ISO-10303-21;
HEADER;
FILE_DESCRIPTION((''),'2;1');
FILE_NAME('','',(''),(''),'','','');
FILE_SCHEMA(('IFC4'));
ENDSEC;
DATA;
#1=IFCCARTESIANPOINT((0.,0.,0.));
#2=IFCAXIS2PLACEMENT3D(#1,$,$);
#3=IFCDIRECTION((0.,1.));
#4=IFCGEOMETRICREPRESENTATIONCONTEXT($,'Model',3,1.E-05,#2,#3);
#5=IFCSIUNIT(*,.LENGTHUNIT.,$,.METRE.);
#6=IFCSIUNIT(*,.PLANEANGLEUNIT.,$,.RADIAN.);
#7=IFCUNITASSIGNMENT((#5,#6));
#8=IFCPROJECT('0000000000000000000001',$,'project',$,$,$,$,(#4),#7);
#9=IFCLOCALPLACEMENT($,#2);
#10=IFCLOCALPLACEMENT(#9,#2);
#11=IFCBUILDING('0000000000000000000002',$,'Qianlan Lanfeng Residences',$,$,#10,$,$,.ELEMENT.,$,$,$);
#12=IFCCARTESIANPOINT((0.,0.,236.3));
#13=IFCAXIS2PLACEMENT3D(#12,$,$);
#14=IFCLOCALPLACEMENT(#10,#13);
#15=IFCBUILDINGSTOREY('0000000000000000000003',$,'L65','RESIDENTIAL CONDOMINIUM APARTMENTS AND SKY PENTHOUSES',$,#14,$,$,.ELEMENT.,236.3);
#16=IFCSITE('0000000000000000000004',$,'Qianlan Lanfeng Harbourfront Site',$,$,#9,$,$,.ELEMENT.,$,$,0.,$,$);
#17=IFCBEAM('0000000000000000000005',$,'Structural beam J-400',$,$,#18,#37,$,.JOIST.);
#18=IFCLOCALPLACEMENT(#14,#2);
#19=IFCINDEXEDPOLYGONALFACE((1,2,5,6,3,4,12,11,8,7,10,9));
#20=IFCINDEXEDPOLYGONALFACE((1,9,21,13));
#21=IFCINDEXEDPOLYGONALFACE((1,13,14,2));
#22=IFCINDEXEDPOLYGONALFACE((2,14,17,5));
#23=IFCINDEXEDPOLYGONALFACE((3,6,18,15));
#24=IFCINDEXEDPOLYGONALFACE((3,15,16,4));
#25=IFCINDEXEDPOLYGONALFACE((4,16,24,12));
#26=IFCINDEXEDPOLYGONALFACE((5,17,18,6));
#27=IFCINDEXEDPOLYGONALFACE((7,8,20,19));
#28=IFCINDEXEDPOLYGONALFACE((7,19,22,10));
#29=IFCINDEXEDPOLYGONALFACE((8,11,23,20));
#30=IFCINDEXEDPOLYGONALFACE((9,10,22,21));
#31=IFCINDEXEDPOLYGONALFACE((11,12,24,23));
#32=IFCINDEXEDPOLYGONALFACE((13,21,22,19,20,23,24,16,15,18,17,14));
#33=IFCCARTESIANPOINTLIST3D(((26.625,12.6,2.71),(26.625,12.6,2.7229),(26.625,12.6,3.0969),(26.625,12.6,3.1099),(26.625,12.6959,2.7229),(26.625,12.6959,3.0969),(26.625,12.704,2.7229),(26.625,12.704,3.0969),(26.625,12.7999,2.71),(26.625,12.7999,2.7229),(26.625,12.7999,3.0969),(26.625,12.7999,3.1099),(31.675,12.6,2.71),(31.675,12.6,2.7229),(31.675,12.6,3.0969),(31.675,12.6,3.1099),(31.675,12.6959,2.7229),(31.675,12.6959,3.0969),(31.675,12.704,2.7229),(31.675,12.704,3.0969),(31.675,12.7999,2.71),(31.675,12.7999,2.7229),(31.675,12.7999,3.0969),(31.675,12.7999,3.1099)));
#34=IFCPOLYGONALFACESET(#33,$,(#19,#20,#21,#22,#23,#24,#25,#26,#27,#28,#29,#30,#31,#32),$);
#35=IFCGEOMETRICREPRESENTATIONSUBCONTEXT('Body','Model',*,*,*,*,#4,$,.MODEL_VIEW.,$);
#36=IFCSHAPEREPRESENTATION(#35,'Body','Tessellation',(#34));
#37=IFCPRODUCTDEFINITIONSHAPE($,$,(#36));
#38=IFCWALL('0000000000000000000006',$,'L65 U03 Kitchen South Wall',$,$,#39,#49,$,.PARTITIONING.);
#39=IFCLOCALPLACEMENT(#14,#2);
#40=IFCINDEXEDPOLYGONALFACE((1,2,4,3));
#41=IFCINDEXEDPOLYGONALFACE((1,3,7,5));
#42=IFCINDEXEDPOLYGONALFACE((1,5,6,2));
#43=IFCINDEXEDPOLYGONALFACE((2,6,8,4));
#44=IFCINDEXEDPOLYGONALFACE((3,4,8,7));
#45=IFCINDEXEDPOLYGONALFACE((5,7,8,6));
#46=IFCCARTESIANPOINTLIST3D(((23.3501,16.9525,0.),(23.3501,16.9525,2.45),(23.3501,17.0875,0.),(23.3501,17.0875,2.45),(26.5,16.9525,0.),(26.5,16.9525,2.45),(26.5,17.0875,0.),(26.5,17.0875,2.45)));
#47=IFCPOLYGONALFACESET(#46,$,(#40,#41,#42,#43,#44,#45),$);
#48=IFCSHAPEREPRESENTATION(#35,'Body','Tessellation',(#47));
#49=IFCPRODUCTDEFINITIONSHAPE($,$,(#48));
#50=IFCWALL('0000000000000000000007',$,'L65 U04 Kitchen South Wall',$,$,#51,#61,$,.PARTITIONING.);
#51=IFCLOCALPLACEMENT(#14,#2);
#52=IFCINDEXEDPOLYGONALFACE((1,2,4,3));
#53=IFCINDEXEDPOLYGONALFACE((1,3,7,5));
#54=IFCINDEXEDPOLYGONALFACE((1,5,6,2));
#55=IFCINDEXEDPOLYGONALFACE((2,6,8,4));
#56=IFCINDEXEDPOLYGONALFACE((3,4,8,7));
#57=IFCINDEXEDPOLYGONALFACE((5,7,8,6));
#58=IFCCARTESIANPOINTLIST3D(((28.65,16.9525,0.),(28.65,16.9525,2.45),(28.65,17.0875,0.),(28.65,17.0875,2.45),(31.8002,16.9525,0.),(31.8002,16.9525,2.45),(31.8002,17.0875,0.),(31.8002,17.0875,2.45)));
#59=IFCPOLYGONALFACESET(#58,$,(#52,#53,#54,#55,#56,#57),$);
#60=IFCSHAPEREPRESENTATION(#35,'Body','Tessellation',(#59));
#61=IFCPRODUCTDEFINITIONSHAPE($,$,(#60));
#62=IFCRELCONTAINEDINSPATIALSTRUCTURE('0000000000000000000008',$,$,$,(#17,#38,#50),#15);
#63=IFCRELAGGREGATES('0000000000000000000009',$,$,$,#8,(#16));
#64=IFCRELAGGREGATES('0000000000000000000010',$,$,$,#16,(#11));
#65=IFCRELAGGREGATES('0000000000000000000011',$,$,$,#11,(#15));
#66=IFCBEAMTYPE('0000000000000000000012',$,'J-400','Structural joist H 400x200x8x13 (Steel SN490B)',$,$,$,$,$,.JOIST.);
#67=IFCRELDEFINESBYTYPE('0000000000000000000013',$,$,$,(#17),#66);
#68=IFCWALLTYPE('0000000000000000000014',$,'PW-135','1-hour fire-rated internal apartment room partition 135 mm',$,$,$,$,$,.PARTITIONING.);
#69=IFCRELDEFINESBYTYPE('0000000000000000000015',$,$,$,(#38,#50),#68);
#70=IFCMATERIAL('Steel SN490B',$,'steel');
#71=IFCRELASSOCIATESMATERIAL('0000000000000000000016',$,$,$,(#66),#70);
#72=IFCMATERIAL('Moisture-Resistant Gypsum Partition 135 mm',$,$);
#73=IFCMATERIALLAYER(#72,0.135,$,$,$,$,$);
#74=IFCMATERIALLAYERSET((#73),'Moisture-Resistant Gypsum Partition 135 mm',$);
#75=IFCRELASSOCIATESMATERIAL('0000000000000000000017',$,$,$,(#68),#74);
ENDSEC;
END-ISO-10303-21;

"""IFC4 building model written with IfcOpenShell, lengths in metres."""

from ifc_helpers import new_model, si_unit, direction, frame, frame_2d, origin, origin_2d, place, context, subcontext, project, spatial, rectangle, i_section, extrude, material, layer, layer_set, material_profile, profile_set, type_object, element, save


model = new_model("IFC4")

# Units and contexts
model_context = context("Model", 3, precision=1e-05, world=origin(), true_north=direction((0.0, 1.0)))
body_context = subcontext(model_context, "Body", "Model", "MODEL_VIEW")
ifc_project = project(units=[si_unit("LENGTHUNIT", "METRE"), si_unit("PLANEANGLEUNIT", "RADIAN")], contexts=[model_context])

# Site, building, storey
site_placement = place(None, origin())
site = spatial("IfcSite", under=ifc_project, at=site_placement, Name="Qianlan Lanfeng Harbourfront Site", CompositionType="ELEMENT", RefElevation=0.0)
building_placement = place(site_placement, origin())
building = spatial("IfcBuilding", under=site, at=building_placement, Name="Qianlan Lanfeng Residences", CompositionType="ELEMENT")
storey_placement = place(building_placement, frame((0.0, 0.0, 236.3)))
storey = spatial("IfcBuildingStorey", under=building, at=storey_placement, Name="L65", Description="RESIDENTIAL CONDOMINIUM APARTMENTS AND SKY PENTHOUSES", CompositionType="ELEMENT", Elevation=236.3)

# Shared definitions
ifc_material_1 = material(Name="Steel SN490B", Category="steel")

# Beam
ifc_material_profile_1 = material_profile(ifc_material_1, i_section(OverallWidth=0.2, OverallDepth=0.3999, WebThickness=0.0081, FlangeThickness=0.0129, at=origin_2d()), Name="H 400x200x8x13")
ifc_profile_set_1 = profile_set([ifc_material_profile_1], Name="Steel SN490B")
beam_type_1 = type_object("IfcBeamType", Name="J-400", Description="Structural joist H 400x200x8x13 (Steel SN490B)", PredefinedType="JOIST", material=ifc_profile_set_1)
for number, where, z_axis, x_axis, name in (
    (1, (26.625, 12.7, 2.9099), (1.0, 0.0, 0.0), (0.0, 1.0, 0.0), "Structural beam J-400"),
):
    element("IfcBeam", number, at=place(storey_placement, frame(where, z_axis=z_axis, x_axis=x_axis)), inside=storey, type_object=beam_type_1, Name=name, PredefinedType="JOIST", context=body_context, shape_type="SweptSolid", body=[
        extrude(i_section(OverallWidth=0.2, OverallDepth=0.3999, WebThickness=0.0081, FlangeThickness=0.0129, at=origin_2d()), origin(), (0.0, 0.0, 1.0), 5.05),
    ])

# Shared definitions
ifc_material_2 = material(Name="Moisture-Resistant Gypsum Partition 135 mm")
ifc_layer = layer(ifc_material_2, 0.135)
ifc_layer_set = layer_set([ifc_layer], Name="Moisture-Resistant Gypsum Partition 135 mm")
wall_type = type_object("IfcWallType", Name="PW-135", Description="1-hour fire-rated internal apartment room partition 135 mm", PredefinedType="PARTITIONING", material=ifc_layer_set)

# Wall
wall_1_placement = place(storey_placement, frame((23.3501, 17.02, 0.0), z_axis=(0.0, 0.0, 1.0), x_axis=(1.0, 0.0, 0.0)))
element("IfcWall", 2, at=wall_1_placement, inside=storey, type_object=wall_type, Name="L65 U03 Kitchen South Wall", PredefinedType="PARTITIONING", context=body_context, shape_type="SweptSolid", body=[
    extrude(rectangle(XDim=3.1499, YDim=0.135, at=frame_2d((1.575, 0.0))), origin(), (0.0, 0.0, 1.0), 2.45),
])

# Wall
wall_2_placement = place(storey_placement, frame((28.6499, 17.02, 0.0), z_axis=(0.0, 0.0, 1.0), x_axis=(1.0, 0.0, 0.0)))
element("IfcWall", 3, at=wall_2_placement, inside=storey, type_object=wall_type, Name="L65 U04 Kitchen South Wall", PredefinedType="PARTITIONING", context=body_context, shape_type="SweptSolid", body=[
    extrude(rectangle(XDim=3.1501, YDim=0.135, at=frame_2d((1.5752, 0.0))), origin(), (0.0, 0.0, 1.0), 2.45),
])

save(model, "model.ifc")
